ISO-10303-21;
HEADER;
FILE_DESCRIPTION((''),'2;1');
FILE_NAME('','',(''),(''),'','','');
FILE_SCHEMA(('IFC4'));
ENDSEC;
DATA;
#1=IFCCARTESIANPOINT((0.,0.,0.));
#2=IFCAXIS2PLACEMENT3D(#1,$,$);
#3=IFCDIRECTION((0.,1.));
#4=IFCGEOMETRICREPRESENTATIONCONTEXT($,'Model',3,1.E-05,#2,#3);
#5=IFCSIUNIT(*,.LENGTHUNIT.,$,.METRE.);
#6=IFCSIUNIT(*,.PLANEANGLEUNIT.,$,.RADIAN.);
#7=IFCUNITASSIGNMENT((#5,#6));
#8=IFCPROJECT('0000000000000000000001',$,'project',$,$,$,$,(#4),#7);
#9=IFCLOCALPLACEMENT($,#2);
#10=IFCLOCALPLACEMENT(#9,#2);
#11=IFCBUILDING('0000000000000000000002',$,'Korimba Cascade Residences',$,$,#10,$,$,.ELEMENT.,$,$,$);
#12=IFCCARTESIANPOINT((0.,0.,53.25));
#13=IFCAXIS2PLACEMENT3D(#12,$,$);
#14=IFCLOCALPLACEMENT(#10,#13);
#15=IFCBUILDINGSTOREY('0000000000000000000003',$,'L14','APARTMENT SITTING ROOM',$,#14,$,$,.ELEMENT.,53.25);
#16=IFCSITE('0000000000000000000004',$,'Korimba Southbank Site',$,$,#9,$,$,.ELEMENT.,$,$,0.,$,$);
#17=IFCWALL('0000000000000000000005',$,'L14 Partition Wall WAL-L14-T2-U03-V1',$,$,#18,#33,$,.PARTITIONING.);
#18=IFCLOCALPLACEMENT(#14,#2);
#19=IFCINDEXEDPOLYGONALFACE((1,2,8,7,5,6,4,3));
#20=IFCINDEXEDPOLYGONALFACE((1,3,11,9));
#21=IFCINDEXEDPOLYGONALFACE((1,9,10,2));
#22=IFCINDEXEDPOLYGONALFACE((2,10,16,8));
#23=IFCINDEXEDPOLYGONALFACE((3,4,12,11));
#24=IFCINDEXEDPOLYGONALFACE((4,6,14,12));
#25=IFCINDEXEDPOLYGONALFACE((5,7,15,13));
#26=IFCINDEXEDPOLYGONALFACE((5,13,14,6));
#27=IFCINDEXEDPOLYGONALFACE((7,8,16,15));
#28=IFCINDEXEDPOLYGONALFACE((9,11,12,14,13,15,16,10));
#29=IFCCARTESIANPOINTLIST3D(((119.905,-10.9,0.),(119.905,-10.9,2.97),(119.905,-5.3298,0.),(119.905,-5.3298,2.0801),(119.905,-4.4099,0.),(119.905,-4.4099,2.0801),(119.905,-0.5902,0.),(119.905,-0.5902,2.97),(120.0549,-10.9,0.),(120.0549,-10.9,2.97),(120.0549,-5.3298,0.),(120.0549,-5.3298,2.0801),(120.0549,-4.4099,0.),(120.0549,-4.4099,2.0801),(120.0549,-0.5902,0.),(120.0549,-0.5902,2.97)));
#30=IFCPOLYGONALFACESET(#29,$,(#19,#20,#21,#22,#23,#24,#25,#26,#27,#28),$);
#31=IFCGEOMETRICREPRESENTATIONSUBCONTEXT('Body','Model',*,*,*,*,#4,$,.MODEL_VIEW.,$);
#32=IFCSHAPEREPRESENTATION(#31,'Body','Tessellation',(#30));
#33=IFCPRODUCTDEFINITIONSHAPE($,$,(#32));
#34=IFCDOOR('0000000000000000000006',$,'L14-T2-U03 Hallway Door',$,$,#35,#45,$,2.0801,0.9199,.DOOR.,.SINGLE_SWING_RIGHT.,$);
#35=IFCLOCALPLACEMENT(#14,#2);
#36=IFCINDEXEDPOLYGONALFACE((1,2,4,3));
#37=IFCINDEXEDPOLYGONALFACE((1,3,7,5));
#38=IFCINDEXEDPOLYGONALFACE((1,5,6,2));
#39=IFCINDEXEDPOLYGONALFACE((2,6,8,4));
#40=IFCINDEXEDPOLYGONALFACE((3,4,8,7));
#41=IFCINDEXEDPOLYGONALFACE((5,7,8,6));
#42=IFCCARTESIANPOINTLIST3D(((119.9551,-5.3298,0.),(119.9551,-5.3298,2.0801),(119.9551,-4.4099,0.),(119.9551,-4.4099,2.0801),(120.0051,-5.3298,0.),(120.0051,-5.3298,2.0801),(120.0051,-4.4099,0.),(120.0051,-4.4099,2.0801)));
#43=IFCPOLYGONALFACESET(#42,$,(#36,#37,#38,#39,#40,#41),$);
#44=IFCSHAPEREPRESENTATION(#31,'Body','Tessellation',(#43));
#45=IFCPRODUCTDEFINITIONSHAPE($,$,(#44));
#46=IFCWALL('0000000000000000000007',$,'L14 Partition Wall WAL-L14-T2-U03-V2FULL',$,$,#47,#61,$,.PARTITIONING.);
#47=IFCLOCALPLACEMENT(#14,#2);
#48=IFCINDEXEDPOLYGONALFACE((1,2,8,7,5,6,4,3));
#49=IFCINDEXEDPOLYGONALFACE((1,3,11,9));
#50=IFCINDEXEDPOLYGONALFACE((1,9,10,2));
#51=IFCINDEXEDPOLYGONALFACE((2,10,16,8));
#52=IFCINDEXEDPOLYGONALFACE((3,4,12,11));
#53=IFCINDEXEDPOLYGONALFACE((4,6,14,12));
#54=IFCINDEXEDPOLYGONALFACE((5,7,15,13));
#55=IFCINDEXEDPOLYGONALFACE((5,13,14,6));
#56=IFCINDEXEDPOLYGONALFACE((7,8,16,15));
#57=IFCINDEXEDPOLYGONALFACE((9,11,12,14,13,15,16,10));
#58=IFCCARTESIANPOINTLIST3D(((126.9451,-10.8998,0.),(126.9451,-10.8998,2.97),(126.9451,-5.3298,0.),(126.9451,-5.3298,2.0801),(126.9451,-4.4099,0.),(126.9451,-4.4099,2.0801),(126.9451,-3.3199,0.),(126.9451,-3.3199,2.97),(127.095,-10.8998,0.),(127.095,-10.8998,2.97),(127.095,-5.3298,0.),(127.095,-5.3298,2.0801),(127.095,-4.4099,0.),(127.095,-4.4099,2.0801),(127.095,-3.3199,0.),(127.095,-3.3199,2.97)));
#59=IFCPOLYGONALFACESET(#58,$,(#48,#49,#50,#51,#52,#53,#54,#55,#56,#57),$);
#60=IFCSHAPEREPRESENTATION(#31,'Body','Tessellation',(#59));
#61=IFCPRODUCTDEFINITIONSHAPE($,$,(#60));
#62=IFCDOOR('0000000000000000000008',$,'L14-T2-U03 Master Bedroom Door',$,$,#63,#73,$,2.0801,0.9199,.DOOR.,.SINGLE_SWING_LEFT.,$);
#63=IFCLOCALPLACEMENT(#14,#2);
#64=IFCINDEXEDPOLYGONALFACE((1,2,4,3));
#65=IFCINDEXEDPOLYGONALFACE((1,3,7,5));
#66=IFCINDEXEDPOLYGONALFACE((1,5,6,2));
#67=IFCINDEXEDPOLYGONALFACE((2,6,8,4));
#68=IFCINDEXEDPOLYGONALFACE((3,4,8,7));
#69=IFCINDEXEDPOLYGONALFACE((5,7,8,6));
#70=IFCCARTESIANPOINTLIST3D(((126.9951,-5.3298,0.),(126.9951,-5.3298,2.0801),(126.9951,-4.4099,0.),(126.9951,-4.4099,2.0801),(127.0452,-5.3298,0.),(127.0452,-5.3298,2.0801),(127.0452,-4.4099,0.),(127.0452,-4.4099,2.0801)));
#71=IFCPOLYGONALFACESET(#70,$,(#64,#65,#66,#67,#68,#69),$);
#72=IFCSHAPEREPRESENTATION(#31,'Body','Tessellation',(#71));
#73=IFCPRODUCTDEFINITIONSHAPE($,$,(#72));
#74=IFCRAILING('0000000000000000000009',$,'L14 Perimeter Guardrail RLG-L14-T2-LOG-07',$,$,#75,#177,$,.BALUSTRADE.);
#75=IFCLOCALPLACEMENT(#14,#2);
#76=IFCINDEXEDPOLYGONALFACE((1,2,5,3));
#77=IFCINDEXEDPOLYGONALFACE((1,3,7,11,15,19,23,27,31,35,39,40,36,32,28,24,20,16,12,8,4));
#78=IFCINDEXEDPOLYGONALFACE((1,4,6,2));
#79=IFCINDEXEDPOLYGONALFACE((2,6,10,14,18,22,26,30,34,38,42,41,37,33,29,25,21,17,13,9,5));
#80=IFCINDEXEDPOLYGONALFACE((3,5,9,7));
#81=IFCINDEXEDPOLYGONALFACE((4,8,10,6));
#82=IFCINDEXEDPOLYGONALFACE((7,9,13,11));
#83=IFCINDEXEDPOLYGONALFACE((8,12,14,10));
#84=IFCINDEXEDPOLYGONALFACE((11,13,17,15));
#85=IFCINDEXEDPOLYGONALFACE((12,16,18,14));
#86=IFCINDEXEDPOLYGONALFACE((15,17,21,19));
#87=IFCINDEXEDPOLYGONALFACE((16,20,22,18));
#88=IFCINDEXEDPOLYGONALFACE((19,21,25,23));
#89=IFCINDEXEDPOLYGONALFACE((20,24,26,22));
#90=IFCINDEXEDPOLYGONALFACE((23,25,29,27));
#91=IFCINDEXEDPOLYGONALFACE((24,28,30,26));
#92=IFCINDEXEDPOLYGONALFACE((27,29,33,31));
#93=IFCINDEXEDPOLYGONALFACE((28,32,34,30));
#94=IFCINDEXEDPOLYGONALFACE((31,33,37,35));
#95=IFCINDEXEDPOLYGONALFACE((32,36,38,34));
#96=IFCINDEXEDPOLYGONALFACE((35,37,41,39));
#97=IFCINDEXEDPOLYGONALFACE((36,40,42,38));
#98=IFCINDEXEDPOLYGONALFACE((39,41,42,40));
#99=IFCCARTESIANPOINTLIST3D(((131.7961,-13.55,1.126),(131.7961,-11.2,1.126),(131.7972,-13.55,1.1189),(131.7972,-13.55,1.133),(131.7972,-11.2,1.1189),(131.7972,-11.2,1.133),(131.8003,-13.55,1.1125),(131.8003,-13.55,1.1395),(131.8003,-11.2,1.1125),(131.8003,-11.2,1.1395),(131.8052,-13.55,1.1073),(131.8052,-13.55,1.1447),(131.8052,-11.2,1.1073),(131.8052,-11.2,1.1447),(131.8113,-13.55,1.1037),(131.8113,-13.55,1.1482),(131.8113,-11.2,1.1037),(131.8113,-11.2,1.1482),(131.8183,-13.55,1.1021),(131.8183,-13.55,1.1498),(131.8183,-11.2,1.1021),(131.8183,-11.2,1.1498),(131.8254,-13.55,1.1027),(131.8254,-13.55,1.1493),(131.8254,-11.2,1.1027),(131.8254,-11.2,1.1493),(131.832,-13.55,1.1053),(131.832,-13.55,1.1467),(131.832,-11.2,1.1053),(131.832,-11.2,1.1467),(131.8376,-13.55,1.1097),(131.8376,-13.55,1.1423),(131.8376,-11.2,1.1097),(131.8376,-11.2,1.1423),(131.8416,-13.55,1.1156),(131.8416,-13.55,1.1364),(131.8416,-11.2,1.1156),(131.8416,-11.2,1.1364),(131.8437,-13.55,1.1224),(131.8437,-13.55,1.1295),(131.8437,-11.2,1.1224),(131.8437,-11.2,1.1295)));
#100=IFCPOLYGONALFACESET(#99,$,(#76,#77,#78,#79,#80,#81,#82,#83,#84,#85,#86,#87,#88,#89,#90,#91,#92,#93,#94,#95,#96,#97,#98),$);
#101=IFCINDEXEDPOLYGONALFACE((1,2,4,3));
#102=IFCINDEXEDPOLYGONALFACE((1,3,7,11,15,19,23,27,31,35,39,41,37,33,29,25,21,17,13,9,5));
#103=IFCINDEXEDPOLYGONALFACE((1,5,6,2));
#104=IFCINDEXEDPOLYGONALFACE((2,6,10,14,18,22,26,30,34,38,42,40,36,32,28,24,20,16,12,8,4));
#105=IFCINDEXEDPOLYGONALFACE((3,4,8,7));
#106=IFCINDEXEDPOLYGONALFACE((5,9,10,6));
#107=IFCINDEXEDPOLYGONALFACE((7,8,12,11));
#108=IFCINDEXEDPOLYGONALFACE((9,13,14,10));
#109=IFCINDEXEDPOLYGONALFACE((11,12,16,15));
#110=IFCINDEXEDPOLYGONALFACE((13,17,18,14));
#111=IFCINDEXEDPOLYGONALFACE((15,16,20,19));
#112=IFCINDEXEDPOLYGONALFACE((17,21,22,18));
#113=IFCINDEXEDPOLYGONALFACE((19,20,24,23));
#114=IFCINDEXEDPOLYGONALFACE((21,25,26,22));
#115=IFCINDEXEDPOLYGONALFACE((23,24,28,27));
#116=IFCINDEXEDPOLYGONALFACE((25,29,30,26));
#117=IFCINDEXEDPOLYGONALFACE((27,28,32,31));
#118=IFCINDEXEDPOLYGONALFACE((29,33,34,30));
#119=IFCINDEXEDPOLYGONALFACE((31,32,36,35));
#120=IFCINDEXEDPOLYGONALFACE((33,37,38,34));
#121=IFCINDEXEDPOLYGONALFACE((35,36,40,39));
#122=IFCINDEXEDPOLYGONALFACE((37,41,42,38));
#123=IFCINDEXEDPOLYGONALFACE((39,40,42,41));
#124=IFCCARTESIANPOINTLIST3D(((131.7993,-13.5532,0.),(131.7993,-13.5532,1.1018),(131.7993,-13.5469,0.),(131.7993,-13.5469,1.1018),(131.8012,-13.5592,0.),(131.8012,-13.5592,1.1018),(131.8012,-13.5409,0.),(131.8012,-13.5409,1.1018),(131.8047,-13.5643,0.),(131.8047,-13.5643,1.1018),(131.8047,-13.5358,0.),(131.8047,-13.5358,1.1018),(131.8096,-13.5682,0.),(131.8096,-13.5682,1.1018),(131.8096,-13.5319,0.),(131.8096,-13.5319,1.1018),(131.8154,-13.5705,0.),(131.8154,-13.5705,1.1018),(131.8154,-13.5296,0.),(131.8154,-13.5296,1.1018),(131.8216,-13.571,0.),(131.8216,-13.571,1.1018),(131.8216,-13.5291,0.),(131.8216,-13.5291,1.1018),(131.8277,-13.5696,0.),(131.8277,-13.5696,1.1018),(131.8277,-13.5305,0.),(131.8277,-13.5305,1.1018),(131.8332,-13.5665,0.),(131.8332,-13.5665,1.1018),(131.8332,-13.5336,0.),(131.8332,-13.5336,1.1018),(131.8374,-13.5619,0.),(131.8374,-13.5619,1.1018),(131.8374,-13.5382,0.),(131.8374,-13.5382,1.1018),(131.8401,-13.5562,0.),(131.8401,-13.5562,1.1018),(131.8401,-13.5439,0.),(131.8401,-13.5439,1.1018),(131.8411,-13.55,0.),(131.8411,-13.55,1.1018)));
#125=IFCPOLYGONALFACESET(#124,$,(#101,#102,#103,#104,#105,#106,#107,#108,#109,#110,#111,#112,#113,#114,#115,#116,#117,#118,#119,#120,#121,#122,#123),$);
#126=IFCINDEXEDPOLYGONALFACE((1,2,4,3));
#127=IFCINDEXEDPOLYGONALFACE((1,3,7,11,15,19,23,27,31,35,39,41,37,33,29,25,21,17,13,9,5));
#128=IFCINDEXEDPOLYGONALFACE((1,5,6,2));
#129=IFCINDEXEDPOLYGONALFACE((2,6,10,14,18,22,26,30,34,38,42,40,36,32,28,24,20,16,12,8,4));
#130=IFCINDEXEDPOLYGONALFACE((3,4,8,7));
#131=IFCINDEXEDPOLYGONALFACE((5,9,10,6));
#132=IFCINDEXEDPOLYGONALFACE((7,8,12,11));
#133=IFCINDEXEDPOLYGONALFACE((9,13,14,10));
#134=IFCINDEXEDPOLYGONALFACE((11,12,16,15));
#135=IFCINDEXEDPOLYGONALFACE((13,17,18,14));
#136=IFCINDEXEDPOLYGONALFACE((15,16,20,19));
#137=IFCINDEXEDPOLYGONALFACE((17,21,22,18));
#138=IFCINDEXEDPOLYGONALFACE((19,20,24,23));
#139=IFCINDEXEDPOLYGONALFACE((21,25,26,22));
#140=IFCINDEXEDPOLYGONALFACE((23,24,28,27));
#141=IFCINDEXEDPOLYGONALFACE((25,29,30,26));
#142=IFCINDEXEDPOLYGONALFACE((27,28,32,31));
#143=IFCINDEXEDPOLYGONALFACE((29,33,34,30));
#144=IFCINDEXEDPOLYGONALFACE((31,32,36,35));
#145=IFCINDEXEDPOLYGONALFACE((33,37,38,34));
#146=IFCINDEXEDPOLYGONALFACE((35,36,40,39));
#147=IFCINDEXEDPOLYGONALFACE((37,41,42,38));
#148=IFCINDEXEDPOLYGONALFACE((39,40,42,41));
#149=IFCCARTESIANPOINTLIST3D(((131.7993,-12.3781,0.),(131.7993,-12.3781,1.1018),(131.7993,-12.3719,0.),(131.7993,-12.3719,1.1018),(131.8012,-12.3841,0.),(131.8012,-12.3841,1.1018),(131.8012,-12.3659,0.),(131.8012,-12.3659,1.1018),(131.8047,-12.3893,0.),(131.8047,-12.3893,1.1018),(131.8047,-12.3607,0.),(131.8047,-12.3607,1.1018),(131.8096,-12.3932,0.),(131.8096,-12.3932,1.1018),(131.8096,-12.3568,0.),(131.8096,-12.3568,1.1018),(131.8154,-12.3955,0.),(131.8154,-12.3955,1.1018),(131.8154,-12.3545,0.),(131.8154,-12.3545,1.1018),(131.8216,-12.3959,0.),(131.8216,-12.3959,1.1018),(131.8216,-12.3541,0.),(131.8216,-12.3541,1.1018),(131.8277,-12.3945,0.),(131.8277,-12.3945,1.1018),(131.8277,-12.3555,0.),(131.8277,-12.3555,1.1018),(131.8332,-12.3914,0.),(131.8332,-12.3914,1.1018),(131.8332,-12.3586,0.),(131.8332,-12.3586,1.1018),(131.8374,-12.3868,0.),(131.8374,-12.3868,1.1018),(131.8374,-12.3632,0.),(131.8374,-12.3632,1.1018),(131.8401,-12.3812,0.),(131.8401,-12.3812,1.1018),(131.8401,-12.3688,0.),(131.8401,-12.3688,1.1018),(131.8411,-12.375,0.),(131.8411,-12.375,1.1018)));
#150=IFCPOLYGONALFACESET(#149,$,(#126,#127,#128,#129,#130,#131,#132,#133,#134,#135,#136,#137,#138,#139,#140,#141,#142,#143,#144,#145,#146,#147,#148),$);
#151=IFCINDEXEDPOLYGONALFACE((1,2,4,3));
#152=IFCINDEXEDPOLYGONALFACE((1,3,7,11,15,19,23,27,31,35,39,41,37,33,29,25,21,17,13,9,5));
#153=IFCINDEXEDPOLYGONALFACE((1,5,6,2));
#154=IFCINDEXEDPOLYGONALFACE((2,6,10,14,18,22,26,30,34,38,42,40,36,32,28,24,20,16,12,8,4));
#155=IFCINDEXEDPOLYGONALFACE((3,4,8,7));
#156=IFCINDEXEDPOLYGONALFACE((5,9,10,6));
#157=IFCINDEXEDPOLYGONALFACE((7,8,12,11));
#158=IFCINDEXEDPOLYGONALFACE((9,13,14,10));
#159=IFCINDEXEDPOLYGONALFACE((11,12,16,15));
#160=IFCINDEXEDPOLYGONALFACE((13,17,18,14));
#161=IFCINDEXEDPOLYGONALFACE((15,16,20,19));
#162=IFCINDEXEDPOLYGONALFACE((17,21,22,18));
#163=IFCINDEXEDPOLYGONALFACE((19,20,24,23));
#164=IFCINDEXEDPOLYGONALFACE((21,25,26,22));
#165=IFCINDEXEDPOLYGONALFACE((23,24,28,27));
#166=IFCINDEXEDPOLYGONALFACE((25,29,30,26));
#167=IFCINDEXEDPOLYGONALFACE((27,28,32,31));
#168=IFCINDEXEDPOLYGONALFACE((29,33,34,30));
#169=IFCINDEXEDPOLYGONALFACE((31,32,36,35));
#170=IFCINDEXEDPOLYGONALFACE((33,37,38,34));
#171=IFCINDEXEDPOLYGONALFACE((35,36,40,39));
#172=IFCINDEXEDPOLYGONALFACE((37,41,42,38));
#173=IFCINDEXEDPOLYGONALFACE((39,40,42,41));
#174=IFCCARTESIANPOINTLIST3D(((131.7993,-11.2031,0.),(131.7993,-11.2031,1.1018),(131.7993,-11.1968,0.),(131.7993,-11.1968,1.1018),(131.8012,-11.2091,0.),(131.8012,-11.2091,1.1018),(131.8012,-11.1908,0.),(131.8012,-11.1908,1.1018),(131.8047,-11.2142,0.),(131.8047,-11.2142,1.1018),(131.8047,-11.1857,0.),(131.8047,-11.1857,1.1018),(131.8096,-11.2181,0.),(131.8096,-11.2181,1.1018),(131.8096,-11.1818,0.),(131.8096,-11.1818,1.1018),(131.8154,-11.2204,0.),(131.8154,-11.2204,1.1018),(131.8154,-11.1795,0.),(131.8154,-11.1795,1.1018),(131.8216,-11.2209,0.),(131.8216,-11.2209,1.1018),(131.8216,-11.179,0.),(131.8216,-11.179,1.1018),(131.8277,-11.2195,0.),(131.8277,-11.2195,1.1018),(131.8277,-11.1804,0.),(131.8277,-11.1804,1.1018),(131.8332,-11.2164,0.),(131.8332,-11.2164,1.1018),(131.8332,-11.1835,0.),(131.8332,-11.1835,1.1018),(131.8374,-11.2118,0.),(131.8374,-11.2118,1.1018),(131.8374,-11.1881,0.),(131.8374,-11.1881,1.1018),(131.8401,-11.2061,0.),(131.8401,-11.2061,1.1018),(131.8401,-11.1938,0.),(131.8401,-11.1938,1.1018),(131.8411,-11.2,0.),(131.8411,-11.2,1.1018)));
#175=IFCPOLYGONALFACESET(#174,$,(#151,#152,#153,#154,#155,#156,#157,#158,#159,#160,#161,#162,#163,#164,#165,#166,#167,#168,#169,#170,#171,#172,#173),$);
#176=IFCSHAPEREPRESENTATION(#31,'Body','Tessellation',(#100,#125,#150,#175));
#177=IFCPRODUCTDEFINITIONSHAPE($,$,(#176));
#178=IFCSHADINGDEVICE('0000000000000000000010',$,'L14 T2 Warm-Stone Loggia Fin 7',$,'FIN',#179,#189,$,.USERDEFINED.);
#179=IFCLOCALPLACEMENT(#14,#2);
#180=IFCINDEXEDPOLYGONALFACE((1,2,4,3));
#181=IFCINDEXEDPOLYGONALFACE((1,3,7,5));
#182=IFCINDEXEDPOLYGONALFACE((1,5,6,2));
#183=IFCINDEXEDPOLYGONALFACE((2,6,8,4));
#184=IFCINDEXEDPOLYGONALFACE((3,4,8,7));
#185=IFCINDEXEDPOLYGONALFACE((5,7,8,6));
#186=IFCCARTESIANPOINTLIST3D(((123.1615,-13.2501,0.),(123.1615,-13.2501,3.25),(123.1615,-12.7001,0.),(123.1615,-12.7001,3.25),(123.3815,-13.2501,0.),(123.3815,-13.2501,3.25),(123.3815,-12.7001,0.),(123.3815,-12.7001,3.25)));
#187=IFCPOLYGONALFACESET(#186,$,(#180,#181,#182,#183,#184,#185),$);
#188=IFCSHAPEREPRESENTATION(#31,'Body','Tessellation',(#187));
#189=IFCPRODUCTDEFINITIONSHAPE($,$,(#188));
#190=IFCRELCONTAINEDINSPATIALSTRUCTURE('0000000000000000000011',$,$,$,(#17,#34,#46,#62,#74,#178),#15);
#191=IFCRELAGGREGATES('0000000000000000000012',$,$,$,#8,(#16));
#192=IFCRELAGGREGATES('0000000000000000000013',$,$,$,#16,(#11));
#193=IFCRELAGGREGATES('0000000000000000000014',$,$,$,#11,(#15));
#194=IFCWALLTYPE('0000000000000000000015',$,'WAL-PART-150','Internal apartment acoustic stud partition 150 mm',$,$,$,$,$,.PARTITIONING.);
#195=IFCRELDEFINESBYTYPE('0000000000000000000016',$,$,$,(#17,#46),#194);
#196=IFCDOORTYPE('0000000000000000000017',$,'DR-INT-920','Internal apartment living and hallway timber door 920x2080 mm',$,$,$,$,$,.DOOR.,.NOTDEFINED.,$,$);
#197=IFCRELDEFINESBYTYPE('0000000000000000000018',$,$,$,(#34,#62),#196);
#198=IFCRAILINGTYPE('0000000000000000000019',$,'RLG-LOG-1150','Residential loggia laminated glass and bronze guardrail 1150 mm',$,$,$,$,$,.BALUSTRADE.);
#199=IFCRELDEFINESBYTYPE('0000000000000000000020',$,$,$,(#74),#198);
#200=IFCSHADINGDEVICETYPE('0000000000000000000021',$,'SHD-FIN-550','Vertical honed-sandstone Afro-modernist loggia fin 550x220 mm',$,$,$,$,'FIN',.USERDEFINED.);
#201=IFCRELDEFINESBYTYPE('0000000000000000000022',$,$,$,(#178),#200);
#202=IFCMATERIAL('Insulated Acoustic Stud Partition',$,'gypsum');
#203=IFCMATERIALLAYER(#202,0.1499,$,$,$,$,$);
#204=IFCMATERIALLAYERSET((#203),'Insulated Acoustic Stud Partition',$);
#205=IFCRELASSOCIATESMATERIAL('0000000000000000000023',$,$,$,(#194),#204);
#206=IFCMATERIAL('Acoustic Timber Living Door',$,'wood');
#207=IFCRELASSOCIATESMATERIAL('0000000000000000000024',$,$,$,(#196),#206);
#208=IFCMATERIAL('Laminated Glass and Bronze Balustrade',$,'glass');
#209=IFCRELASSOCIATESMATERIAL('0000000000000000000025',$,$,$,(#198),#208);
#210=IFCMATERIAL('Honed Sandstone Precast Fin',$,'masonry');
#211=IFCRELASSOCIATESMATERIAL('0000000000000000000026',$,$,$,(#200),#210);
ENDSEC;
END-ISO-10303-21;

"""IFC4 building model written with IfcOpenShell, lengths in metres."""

from ifc_helpers import new_model, si_unit, direction, frame, frame_2d, origin, origin_2d, place, context, subcontext, project, spatial, rectangle, circle, extrude, material, layer, layer_set, type_object, element, fill, save


model = new_model("IFC4")

# Units and contexts
model_context = context("Model", 3, precision=1e-05, world=origin(), true_north=direction((0.0, 1.0)))
body_context = subcontext(model_context, "Body", "Model", "MODEL_VIEW")
ifc_project = project(units=[si_unit("LENGTHUNIT", "METRE"), si_unit("PLANEANGLEUNIT", "RADIAN")], contexts=[model_context])

# Site, building, storey
site_placement = place(None, origin())
site = spatial("IfcSite", under=ifc_project, at=site_placement, Name="Korimba Southbank Site", CompositionType="ELEMENT", RefElevation=0.0)
building_placement = place(site_placement, origin())
building = spatial("IfcBuilding", under=site, at=building_placement, Name="Korimba Cascade Residences", CompositionType="ELEMENT")
storey_placement = place(building_placement, frame((0.0, 0.0, 53.25)))
storey = spatial("IfcBuildingStorey", under=building, at=storey_placement, Name="L14", Description="APARTMENT SITTING ROOM", CompositionType="ELEMENT", Elevation=53.25)

# Walls, openings, doors
ifc_material_1 = material(Name="Insulated Acoustic Stud Partition", Category="gypsum")
ifc_layer_1 = layer(ifc_material_1, 0.1499)
ifc_layer_set_1 = layer_set([ifc_layer_1], Name="Insulated Acoustic Stud Partition")
wall_type_1 = type_object("IfcWallType", Name="WAL-PART-150", Description="Internal apartment acoustic stud partition 150 mm", PredefinedType="PARTITIONING", material=ifc_layer_set_1)
wall_1_placement = place(storey_placement, frame((119.98, -10.8999, 0.0), z_axis=(0.0, 0.0, 1.0), x_axis=(0.0, 1.0, 0.0)))
wall_1 = element("IfcWall", 1, at=wall_1_placement, inside=storey, type_object=wall_type_1, Name="L14 Partition Wall WAL-L14-T2-U03-V1", PredefinedType="PARTITIONING", context=body_context, shape_type="SweptSolid", body=[
    extrude(rectangle(XDim=10.3098, YDim=0.1499, at=frame_2d((5.1548, 0.0))), origin(), (0.0, 0.0, 1.0), 2.97),
])
opening_1_placement = place(wall_1_placement, frame((5.5701, 0.0, 0.0)))
opening_1 = element("IfcOpeningElement", 2, at=opening_1_placement, cuts=wall_1, PredefinedType="OPENING", context=body_context, shape_type="SweptSolid", body=[
    extrude(rectangle(XDim=0.9199, YDim=2.0801, at=frame_2d((0.46, 1.04))), frame((0.0, 0.085, 0.0), z_axis=(0.0, -1.0, 0.0), x_axis=(1.0, 0.0, 0.0)), (0.0, 0.0, 1.0), 0.1699),
])
ifc_material_2 = material(Name="Acoustic Timber Living Door", Category="wood")
door_type = type_object("IfcDoorType", Name="DR-INT-920", Description="Internal apartment living and hallway timber door 920x2080 mm", OperationType="NOTDEFINED", PredefinedType="DOOR", material=ifc_material_2)
door_1_placement = place(opening_1_placement, origin())
door_1 = element("IfcDoor", 3, at=door_1_placement, inside=storey, type_object=door_type, Name="L14-T2-U03 Hallway Door", OperationType="SINGLE_SWING_RIGHT", OverallHeight=2.0801, OverallWidth=0.9199, PredefinedType="DOOR", context=body_context, shape_type="SweptSolid", body=[
    extrude(rectangle(XDim=0.9199, YDim=2.0801, at=frame_2d((0.46, 1.04))), frame((0.0, 0.0249, 0.0), z_axis=(0.0, -1.0, 0.0), x_axis=(1.0, 0.0, 0.0)), (0.0, 0.0, 1.0), 0.05),
])
fill(opening_1, door_1)
wall_2_placement = place(storey_placement, frame((127.02, -10.8999, 0.0), z_axis=(0.0, 0.0, 1.0), x_axis=(0.0, 1.0, 0.0)))
wall_2 = element("IfcWall", 4, at=wall_2_placement, inside=storey, type_object=wall_type_1, Name="L14 Partition Wall WAL-L14-T2-U03-V2FULL", PredefinedType="PARTITIONING", context=body_context, shape_type="SweptSolid", body=[
    extrude(rectangle(XDim=7.5798, YDim=0.1499, at=frame_2d((3.79, 0.0))), origin(), (0.0, 0.0, 1.0), 2.97),
])
opening_2_placement = place(wall_2_placement, frame((5.5701, 0.0, 0.0)))
opening_2 = element("IfcOpeningElement", 5, at=opening_2_placement, cuts=wall_2, PredefinedType="OPENING", context=body_context, shape_type="SweptSolid", body=[
    extrude(rectangle(XDim=0.9199, YDim=2.0801, at=frame_2d((0.46, 1.04))), frame((0.0, 0.085, 0.0), z_axis=(0.0, -1.0, 0.0), x_axis=(1.0, 0.0, 0.0)), (0.0, 0.0, 1.0), 0.1699),
])
door_2_placement = place(opening_2_placement, origin())
door_2 = element("IfcDoor", 6, at=door_2_placement, inside=storey, type_object=door_type, Name="L14-T2-U03 Master Bedroom Door", OperationType="SINGLE_SWING_LEFT", OverallHeight=2.0801, OverallWidth=0.9199, PredefinedType="DOOR", context=body_context, shape_type="SweptSolid", body=[
    extrude(rectangle(XDim=0.9199, YDim=2.0801, at=frame_2d((0.46, 1.04))), frame((0.0, 0.0249, 0.0), z_axis=(0.0, -1.0, 0.0), x_axis=(1.0, 0.0, 0.0)), (0.0, 0.0, 1.0), 0.05),
])
fill(opening_2, door_2)

# Railing
ifc_material_3 = material(Name="Laminated Glass and Bronze Balustrade", Category="glass")
railing_type = type_object("IfcRailingType", Name="RLG-LOG-1150", Description="Residential loggia laminated glass and bronze guardrail 1150 mm", PredefinedType="BALUSTRADE", material=ifc_material_3)
railing_1_placement = place(storey_placement, frame((131.8201, -13.55, 0.0)))
element("IfcRailing", 7, at=railing_1_placement, inside=storey, type_object=railing_type, Name="L14 Perimeter Guardrail RLG-L14-T2-LOG-07", PredefinedType="BALUSTRADE", context=body_context, shape_type="SweptSolid", body=[
    extrude(circle(Radius=0.0239, at=origin_2d()), frame((0.0, 0.0, 1.126), z_axis=(0.0, 1.0, 0.0), x_axis=(-1.0, 0.0, 0.0)), (0.0, 0.0, 1.0), 2.3501),
    extrude(circle(Radius=0.021, at=origin_2d()), origin(), (0.0, 0.0, 1.0), 1.1018),
    extrude(circle(Radius=0.021, at=origin_2d()), frame((0.0, 1.175, 0.0)), (0.0, 0.0, 1.0), 1.1018),
    extrude(circle(Radius=0.021, at=origin_2d()), frame((0.0, 2.3501, 0.0)), (0.0, 0.0, 1.0), 1.1018),
])

# Shading device
ifc_material_4 = material(Name="Honed Sandstone Precast Fin", Category="masonry")
shading_device_type = type_object("IfcShadingDeviceType", Name="SHD-FIN-550", Description="Vertical honed-sandstone Afro-modernist loggia fin 550x220 mm", ElementType="FIN", PredefinedType="USERDEFINED", material=ifc_material_4)
for number, where, z_axis, x_axis, name in (
    (8, (123.2715, -12.9751, 0.0), (0.0, 0.0, 1.0), (1.0, 0.0, 0.0), "L14 T2 Warm-Stone Loggia Fin 7"),
):
    element("IfcShadingDevice", number, at=place(storey_placement, frame(where, z_axis=z_axis, x_axis=x_axis)), inside=storey, type_object=shading_device_type, Name=name, ObjectType="FIN", PredefinedType="USERDEFINED", context=body_context, shape_type="SweptSolid", body=[
        extrude(rectangle(XDim=0.22, YDim=0.55, at=origin_2d()), origin(), (0.0, 0.0, 1.0), 3.25),
    ])

save(model, "model.ifc")
